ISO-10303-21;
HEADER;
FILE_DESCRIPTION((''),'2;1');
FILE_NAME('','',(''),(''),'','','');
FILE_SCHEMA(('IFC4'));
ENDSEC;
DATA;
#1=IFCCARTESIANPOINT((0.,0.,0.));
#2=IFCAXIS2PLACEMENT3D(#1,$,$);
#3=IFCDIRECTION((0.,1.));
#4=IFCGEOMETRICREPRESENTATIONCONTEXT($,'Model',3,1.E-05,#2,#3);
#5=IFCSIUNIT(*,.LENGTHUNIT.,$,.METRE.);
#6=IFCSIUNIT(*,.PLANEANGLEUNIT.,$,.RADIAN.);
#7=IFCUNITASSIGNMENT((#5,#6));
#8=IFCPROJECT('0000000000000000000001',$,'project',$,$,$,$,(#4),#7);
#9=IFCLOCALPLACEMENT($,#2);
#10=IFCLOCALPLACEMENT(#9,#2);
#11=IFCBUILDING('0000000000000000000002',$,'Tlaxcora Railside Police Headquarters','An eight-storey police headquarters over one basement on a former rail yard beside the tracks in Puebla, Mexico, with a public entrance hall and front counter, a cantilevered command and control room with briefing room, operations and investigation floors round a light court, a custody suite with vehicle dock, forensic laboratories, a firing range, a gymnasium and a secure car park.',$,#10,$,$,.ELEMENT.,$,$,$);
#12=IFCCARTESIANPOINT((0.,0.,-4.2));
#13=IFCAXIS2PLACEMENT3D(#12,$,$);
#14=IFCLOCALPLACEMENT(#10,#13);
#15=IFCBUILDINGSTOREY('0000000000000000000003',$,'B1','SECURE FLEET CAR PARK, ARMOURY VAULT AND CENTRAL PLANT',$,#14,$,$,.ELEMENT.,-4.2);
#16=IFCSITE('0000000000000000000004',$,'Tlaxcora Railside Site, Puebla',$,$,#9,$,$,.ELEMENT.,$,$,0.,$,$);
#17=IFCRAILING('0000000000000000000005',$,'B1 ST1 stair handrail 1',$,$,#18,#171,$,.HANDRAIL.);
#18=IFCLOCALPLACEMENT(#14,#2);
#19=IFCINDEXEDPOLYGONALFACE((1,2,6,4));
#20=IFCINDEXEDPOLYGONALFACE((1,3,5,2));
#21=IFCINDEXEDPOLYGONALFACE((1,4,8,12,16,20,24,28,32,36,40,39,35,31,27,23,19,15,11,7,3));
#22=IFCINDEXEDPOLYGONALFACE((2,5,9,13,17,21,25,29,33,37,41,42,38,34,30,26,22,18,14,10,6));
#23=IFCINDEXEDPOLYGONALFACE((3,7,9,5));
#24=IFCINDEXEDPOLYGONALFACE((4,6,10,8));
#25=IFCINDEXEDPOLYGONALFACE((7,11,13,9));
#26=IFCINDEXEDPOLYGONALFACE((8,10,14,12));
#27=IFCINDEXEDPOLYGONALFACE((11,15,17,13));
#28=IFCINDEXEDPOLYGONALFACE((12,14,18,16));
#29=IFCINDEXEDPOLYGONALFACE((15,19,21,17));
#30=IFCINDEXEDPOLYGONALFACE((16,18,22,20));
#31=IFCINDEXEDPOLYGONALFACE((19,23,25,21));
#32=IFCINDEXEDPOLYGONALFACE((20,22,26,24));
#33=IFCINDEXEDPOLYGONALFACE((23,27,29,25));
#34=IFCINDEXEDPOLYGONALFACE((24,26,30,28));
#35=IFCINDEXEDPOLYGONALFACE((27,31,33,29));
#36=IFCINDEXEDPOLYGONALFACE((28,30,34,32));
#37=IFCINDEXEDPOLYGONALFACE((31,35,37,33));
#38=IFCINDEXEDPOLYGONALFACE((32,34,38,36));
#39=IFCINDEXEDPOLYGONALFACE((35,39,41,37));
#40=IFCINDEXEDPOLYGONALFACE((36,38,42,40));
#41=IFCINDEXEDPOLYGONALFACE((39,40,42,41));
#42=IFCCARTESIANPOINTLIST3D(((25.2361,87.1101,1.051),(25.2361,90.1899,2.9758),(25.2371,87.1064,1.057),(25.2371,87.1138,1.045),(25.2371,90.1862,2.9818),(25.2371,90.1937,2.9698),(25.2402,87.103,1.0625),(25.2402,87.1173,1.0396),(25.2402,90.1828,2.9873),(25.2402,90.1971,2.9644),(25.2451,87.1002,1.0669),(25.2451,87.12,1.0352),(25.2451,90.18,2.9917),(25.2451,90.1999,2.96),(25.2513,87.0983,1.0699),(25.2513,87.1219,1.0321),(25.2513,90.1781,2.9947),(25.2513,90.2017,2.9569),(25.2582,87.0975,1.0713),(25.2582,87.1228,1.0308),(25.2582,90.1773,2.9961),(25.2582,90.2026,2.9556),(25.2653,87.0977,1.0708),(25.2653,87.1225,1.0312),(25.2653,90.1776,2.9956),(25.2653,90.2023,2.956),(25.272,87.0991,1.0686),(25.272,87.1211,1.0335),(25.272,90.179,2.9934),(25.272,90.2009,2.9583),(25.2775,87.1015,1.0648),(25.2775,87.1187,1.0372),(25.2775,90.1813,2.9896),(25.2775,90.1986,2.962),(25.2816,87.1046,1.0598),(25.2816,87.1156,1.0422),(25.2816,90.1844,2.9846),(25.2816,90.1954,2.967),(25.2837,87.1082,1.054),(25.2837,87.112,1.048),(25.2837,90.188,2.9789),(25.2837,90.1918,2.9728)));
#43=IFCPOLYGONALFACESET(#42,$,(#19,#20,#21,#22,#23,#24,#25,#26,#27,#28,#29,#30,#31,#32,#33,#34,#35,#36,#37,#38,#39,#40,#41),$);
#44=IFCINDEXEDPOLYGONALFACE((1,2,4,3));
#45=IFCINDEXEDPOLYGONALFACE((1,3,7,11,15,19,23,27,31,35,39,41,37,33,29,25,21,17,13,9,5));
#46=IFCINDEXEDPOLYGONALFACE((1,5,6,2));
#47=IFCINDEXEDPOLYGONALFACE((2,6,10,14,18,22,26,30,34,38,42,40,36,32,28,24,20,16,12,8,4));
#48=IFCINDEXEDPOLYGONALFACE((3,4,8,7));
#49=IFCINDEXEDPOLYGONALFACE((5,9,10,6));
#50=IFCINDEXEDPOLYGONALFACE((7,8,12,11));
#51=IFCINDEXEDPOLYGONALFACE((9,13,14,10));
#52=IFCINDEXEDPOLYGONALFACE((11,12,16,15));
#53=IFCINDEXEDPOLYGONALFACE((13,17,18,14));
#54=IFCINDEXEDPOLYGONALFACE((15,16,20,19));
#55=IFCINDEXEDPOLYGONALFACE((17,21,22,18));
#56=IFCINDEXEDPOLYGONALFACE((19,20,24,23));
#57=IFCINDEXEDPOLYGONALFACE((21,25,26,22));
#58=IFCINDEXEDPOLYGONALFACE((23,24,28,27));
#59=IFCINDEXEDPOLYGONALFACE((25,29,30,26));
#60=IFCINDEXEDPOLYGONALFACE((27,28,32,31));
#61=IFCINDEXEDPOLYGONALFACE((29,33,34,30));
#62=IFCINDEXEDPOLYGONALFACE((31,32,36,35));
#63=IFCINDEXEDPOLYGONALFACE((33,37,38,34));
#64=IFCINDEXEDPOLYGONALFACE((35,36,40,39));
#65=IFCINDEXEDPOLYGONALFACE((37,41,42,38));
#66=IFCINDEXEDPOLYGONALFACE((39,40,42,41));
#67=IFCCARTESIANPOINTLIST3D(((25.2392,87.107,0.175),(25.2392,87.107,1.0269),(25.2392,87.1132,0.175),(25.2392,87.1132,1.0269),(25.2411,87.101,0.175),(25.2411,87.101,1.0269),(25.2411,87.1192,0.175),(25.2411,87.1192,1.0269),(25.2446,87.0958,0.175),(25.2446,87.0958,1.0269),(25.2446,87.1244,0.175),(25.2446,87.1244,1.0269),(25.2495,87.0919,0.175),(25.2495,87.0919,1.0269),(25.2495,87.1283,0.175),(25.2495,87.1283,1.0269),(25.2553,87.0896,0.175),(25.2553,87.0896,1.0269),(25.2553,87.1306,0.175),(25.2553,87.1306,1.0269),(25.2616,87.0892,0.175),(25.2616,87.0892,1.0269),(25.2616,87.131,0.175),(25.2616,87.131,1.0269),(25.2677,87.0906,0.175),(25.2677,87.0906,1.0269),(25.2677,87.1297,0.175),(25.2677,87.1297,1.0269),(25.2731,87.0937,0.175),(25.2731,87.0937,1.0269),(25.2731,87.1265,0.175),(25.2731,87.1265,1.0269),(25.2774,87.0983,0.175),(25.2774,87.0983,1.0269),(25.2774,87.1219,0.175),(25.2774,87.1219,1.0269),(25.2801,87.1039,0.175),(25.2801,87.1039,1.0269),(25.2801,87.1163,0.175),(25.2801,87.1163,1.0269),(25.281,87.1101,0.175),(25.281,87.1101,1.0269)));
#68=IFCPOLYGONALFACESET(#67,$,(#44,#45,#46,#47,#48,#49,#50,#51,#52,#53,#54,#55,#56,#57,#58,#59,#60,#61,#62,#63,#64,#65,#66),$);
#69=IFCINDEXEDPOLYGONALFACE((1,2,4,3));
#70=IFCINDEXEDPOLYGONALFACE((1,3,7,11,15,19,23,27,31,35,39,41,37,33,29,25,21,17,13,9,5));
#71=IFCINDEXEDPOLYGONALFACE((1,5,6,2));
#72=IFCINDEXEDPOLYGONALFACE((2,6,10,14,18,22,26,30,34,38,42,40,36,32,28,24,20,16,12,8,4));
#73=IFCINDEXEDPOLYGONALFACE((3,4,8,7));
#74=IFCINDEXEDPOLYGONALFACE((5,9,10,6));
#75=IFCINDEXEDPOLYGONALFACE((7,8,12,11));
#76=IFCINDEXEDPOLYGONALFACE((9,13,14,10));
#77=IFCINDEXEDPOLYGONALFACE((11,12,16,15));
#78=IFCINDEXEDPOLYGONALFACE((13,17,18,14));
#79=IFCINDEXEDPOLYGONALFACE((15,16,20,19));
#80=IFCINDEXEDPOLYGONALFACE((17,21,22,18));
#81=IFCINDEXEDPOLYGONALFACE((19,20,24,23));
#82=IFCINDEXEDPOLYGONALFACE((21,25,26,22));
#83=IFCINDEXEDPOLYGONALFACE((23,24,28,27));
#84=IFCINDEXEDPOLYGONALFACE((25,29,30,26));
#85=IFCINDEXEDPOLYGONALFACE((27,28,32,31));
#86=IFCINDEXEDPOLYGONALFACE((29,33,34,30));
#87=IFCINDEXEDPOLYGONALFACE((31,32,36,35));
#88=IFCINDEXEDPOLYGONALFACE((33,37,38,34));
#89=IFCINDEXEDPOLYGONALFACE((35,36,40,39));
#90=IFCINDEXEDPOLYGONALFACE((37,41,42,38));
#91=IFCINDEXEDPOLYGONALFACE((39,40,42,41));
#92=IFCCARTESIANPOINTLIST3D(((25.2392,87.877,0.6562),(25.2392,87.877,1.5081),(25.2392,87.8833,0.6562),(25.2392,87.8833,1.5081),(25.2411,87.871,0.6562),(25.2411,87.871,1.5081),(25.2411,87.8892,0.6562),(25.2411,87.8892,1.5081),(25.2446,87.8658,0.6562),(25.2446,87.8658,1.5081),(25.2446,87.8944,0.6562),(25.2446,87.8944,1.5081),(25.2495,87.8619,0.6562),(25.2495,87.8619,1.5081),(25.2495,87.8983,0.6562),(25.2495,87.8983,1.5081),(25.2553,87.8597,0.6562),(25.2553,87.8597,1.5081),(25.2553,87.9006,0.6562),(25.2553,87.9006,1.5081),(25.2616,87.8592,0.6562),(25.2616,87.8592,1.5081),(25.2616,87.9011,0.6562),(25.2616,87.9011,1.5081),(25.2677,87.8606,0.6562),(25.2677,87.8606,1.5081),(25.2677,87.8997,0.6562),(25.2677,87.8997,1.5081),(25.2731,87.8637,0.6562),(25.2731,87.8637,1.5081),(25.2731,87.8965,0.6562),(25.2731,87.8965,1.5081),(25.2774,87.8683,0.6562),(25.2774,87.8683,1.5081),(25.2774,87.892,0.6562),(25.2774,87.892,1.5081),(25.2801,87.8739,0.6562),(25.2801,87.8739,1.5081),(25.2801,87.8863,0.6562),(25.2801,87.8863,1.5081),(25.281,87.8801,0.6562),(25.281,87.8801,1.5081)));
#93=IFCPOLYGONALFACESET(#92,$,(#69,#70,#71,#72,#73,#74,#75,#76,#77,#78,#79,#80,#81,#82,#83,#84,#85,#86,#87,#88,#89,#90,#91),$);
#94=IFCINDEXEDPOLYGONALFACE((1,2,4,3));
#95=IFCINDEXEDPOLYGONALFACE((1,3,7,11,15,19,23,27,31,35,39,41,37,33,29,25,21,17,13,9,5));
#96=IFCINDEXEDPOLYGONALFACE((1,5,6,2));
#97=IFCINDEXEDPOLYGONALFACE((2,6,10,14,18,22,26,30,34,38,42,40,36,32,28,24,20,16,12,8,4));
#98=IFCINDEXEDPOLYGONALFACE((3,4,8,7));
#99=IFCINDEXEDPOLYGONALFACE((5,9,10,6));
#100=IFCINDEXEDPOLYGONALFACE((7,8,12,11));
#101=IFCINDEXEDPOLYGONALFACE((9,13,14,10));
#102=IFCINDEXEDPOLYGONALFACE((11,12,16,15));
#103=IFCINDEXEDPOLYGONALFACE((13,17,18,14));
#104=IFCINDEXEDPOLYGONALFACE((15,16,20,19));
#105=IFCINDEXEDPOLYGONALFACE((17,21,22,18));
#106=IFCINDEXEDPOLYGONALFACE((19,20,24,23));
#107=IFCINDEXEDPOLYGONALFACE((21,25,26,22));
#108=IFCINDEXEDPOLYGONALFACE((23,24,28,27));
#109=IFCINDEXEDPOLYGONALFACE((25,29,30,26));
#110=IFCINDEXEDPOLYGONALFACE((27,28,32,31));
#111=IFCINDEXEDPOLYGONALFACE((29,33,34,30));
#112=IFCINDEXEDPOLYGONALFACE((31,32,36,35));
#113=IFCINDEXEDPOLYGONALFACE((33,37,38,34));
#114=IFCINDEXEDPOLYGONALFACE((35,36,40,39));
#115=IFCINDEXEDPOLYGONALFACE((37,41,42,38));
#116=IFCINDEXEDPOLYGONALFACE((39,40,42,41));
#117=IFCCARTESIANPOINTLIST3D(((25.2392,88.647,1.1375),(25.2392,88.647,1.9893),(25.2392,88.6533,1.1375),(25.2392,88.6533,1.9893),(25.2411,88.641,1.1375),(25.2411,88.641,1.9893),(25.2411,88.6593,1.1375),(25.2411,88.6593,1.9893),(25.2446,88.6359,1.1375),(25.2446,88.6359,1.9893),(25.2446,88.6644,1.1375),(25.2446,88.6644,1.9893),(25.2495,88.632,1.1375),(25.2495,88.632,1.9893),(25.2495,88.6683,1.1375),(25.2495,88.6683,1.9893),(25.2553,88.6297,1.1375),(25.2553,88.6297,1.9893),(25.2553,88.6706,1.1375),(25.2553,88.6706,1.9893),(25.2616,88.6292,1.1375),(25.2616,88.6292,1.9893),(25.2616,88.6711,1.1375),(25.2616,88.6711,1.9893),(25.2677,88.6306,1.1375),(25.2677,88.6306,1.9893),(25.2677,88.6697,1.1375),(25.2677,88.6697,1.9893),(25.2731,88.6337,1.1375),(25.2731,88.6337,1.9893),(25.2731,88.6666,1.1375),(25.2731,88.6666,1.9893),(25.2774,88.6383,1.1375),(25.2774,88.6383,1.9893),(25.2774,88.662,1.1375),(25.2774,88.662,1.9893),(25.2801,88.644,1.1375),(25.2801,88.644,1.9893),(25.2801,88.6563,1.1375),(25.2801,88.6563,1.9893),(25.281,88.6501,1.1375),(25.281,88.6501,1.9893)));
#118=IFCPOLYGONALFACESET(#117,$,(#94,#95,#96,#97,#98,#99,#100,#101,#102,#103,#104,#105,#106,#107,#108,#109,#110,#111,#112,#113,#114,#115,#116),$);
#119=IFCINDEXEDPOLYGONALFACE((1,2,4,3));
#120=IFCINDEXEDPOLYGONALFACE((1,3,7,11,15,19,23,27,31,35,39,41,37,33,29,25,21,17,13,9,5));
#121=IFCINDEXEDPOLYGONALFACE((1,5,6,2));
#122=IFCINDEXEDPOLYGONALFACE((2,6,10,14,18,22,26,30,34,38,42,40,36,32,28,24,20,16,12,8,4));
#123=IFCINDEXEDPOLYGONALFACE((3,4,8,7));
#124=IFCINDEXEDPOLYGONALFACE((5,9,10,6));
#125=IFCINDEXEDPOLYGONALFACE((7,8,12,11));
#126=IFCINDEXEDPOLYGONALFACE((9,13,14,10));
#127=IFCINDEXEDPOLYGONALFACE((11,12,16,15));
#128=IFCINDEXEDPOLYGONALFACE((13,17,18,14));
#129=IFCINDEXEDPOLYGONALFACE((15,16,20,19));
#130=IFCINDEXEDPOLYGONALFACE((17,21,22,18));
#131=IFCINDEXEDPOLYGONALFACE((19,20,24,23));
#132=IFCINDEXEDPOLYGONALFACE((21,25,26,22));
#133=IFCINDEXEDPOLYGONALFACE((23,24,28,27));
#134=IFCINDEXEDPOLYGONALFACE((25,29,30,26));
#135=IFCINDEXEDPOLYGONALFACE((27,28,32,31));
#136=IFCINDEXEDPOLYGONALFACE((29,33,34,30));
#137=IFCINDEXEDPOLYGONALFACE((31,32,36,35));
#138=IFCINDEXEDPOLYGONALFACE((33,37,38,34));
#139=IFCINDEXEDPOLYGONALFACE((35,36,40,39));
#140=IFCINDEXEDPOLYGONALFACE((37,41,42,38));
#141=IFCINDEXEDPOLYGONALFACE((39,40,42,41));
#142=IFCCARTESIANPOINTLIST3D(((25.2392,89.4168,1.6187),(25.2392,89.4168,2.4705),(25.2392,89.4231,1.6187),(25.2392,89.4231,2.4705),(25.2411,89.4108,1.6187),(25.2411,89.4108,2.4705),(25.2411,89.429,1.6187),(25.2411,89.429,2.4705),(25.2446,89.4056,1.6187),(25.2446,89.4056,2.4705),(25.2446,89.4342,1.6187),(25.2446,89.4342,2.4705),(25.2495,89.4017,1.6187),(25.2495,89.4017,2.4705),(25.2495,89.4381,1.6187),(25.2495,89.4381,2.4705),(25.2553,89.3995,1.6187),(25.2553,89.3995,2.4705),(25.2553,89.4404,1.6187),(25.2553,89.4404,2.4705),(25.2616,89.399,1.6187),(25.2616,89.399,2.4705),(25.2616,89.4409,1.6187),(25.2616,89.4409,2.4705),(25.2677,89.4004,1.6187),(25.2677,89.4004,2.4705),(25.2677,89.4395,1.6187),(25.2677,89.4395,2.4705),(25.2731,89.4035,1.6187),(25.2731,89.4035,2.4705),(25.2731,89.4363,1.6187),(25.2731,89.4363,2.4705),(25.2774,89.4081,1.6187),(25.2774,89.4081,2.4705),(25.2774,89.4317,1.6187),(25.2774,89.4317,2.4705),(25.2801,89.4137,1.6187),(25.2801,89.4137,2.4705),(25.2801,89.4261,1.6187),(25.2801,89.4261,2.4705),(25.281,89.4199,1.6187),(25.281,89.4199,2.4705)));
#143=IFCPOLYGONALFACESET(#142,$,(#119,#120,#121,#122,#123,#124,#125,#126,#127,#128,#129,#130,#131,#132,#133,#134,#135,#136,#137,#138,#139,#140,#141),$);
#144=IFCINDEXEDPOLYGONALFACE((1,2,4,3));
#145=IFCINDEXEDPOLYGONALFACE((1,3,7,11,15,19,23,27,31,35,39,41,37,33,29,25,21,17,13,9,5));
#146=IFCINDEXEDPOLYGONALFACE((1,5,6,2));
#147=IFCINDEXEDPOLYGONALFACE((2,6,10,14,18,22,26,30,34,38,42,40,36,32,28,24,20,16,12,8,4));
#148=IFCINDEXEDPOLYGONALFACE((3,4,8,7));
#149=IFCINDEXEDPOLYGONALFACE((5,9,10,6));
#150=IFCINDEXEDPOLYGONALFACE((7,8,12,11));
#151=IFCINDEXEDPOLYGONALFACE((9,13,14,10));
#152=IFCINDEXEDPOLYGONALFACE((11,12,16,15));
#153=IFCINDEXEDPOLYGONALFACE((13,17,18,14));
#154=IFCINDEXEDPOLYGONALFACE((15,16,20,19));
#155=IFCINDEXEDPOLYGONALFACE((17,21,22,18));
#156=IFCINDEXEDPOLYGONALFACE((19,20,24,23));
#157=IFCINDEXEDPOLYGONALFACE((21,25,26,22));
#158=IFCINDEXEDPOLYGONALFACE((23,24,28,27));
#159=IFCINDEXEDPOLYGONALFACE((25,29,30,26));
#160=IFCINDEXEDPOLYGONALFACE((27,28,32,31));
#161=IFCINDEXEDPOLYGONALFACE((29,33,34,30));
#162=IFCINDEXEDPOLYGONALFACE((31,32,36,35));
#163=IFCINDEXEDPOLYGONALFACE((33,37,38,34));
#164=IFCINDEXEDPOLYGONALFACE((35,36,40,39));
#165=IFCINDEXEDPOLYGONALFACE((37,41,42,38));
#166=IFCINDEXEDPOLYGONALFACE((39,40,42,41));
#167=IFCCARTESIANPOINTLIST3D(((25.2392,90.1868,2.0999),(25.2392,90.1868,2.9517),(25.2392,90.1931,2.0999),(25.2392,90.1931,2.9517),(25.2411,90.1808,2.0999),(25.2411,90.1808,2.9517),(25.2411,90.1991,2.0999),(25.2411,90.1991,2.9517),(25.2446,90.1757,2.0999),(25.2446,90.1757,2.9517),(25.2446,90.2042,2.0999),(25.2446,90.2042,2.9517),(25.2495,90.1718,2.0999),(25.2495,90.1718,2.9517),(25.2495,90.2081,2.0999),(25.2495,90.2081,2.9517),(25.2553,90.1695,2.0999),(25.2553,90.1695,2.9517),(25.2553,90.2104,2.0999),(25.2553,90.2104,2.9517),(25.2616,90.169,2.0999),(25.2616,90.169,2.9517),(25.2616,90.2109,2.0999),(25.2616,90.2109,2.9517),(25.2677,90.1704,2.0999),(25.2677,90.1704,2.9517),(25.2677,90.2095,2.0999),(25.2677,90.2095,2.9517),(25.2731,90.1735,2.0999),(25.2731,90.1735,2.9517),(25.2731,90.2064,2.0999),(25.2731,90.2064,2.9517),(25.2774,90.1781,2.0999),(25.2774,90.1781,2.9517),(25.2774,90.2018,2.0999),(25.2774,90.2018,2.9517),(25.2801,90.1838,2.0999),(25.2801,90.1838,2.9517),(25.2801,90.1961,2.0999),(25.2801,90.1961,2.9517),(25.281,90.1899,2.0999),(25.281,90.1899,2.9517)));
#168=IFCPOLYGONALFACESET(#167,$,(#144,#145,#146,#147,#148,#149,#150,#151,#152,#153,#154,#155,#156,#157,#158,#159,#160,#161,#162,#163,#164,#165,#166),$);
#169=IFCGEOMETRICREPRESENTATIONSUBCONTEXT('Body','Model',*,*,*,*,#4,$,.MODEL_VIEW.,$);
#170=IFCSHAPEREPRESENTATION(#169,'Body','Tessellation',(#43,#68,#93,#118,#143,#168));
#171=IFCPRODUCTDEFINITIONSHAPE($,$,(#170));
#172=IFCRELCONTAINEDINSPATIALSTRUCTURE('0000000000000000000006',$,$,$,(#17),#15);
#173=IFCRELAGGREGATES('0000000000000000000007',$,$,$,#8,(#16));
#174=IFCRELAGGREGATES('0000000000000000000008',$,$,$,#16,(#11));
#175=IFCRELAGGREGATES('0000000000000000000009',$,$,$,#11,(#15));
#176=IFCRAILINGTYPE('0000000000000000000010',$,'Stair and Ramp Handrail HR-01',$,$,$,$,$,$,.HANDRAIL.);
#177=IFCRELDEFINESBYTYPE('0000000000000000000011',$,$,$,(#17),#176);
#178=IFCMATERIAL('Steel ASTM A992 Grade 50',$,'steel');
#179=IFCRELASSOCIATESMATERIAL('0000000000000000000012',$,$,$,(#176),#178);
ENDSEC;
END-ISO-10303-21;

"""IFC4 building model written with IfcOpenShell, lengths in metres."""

from ifc_helpers import new_model, si_unit, direction, frame, origin, origin_2d, place, context, subcontext, project, spatial, circle, extrude, material, type_object, element, save


model = new_model("IFC4")

# Units and contexts
model_context = context("Model", 3, precision=1e-05, world=origin(), true_north=direction((0.0, 1.0)))
body_context = subcontext(model_context, "Body", "Model", "MODEL_VIEW")
ifc_project = project(units=[si_unit("LENGTHUNIT", "METRE"), si_unit("PLANEANGLEUNIT", "RADIAN")], contexts=[model_context])

# Site, building, storey
site_placement = place(None, origin())
site = spatial("IfcSite", under=ifc_project, at=site_placement, Name="Tlaxcora Railside Site, Puebla", CompositionType="ELEMENT", RefElevation=0.0)
building_placement = place(site_placement, origin())
building = spatial("IfcBuilding", under=site, at=building_placement, Name="Tlaxcora Railside Police Headquarters", Description="An eight-storey police headquarters over one basement on a former rail yard beside the tracks in Puebla, Mexico, with a public entrance hall and front counter, a cantilevered command and control room with briefing room, operations and investigation floors round a light court, a custody suite with vehicle dock, forensic laboratories, a firing range, a gymnasium and a secure car park.", CompositionType="ELEMENT")
storey_placement = place(building_placement, frame((0.0, 0.0, -4.2)))
storey = spatial("IfcBuildingStorey", under=building, at=storey_placement, Name="B1", Description="SECURE FLEET CAR PARK, ARMOURY VAULT AND CENTRAL PLANT", CompositionType="ELEMENT", Elevation=-4.2)

# Shared definitions
ifc_material_1 = material(Name="Steel ASTM A992 Grade 50", Category="steel")

# Railing
railing_type_1 = type_object("IfcRailingType", Name="Stair and Ramp Handrail HR-01", PredefinedType="HANDRAIL", material=ifc_material_1)
railing_1_placement = place(storey_placement, frame((25.26, 87.1101, 0.175)))
element("IfcRailing", 1, at=railing_1_placement, inside=storey, type_object=railing_type_1, Name="B1 ST1 stair handrail 1", PredefinedType="HANDRAIL", context=body_context, shape_type="SweptSolid", body=[
    extrude(circle(Radius=0.0239, at=origin_2d()), frame((0.0, 0.0, 0.876), z_axis=(0.0, 0.84801, 0.529981), x_axis=(-1.0, 0.0, 0.0)), (0.0, 0.0, 1.0), 3.6318),
    extrude(circle(Radius=0.021, at=origin_2d()), origin(), (0.0, 0.0, 1.0), 0.8518),
    extrude(circle(Radius=0.021, at=origin_2d()), frame((0.0, 0.77, 0.4812)), (0.0, 0.0, 1.0), 0.8518),
    extrude(circle(Radius=0.021, at=origin_2d()), frame((0.0, 1.54, 0.9624)), (0.0, 0.0, 1.0), 0.8518),
    extrude(circle(Radius=0.021, at=origin_2d()), frame((0.0, 2.3098, 1.4436)), (0.0, 0.0, 1.0), 0.8518),
    extrude(circle(Radius=0.021, at=origin_2d()), frame((0.0, 3.0798, 1.9248)), (0.0, 0.0, 1.0), 0.8518),
])

save(model, "model.ifc")
